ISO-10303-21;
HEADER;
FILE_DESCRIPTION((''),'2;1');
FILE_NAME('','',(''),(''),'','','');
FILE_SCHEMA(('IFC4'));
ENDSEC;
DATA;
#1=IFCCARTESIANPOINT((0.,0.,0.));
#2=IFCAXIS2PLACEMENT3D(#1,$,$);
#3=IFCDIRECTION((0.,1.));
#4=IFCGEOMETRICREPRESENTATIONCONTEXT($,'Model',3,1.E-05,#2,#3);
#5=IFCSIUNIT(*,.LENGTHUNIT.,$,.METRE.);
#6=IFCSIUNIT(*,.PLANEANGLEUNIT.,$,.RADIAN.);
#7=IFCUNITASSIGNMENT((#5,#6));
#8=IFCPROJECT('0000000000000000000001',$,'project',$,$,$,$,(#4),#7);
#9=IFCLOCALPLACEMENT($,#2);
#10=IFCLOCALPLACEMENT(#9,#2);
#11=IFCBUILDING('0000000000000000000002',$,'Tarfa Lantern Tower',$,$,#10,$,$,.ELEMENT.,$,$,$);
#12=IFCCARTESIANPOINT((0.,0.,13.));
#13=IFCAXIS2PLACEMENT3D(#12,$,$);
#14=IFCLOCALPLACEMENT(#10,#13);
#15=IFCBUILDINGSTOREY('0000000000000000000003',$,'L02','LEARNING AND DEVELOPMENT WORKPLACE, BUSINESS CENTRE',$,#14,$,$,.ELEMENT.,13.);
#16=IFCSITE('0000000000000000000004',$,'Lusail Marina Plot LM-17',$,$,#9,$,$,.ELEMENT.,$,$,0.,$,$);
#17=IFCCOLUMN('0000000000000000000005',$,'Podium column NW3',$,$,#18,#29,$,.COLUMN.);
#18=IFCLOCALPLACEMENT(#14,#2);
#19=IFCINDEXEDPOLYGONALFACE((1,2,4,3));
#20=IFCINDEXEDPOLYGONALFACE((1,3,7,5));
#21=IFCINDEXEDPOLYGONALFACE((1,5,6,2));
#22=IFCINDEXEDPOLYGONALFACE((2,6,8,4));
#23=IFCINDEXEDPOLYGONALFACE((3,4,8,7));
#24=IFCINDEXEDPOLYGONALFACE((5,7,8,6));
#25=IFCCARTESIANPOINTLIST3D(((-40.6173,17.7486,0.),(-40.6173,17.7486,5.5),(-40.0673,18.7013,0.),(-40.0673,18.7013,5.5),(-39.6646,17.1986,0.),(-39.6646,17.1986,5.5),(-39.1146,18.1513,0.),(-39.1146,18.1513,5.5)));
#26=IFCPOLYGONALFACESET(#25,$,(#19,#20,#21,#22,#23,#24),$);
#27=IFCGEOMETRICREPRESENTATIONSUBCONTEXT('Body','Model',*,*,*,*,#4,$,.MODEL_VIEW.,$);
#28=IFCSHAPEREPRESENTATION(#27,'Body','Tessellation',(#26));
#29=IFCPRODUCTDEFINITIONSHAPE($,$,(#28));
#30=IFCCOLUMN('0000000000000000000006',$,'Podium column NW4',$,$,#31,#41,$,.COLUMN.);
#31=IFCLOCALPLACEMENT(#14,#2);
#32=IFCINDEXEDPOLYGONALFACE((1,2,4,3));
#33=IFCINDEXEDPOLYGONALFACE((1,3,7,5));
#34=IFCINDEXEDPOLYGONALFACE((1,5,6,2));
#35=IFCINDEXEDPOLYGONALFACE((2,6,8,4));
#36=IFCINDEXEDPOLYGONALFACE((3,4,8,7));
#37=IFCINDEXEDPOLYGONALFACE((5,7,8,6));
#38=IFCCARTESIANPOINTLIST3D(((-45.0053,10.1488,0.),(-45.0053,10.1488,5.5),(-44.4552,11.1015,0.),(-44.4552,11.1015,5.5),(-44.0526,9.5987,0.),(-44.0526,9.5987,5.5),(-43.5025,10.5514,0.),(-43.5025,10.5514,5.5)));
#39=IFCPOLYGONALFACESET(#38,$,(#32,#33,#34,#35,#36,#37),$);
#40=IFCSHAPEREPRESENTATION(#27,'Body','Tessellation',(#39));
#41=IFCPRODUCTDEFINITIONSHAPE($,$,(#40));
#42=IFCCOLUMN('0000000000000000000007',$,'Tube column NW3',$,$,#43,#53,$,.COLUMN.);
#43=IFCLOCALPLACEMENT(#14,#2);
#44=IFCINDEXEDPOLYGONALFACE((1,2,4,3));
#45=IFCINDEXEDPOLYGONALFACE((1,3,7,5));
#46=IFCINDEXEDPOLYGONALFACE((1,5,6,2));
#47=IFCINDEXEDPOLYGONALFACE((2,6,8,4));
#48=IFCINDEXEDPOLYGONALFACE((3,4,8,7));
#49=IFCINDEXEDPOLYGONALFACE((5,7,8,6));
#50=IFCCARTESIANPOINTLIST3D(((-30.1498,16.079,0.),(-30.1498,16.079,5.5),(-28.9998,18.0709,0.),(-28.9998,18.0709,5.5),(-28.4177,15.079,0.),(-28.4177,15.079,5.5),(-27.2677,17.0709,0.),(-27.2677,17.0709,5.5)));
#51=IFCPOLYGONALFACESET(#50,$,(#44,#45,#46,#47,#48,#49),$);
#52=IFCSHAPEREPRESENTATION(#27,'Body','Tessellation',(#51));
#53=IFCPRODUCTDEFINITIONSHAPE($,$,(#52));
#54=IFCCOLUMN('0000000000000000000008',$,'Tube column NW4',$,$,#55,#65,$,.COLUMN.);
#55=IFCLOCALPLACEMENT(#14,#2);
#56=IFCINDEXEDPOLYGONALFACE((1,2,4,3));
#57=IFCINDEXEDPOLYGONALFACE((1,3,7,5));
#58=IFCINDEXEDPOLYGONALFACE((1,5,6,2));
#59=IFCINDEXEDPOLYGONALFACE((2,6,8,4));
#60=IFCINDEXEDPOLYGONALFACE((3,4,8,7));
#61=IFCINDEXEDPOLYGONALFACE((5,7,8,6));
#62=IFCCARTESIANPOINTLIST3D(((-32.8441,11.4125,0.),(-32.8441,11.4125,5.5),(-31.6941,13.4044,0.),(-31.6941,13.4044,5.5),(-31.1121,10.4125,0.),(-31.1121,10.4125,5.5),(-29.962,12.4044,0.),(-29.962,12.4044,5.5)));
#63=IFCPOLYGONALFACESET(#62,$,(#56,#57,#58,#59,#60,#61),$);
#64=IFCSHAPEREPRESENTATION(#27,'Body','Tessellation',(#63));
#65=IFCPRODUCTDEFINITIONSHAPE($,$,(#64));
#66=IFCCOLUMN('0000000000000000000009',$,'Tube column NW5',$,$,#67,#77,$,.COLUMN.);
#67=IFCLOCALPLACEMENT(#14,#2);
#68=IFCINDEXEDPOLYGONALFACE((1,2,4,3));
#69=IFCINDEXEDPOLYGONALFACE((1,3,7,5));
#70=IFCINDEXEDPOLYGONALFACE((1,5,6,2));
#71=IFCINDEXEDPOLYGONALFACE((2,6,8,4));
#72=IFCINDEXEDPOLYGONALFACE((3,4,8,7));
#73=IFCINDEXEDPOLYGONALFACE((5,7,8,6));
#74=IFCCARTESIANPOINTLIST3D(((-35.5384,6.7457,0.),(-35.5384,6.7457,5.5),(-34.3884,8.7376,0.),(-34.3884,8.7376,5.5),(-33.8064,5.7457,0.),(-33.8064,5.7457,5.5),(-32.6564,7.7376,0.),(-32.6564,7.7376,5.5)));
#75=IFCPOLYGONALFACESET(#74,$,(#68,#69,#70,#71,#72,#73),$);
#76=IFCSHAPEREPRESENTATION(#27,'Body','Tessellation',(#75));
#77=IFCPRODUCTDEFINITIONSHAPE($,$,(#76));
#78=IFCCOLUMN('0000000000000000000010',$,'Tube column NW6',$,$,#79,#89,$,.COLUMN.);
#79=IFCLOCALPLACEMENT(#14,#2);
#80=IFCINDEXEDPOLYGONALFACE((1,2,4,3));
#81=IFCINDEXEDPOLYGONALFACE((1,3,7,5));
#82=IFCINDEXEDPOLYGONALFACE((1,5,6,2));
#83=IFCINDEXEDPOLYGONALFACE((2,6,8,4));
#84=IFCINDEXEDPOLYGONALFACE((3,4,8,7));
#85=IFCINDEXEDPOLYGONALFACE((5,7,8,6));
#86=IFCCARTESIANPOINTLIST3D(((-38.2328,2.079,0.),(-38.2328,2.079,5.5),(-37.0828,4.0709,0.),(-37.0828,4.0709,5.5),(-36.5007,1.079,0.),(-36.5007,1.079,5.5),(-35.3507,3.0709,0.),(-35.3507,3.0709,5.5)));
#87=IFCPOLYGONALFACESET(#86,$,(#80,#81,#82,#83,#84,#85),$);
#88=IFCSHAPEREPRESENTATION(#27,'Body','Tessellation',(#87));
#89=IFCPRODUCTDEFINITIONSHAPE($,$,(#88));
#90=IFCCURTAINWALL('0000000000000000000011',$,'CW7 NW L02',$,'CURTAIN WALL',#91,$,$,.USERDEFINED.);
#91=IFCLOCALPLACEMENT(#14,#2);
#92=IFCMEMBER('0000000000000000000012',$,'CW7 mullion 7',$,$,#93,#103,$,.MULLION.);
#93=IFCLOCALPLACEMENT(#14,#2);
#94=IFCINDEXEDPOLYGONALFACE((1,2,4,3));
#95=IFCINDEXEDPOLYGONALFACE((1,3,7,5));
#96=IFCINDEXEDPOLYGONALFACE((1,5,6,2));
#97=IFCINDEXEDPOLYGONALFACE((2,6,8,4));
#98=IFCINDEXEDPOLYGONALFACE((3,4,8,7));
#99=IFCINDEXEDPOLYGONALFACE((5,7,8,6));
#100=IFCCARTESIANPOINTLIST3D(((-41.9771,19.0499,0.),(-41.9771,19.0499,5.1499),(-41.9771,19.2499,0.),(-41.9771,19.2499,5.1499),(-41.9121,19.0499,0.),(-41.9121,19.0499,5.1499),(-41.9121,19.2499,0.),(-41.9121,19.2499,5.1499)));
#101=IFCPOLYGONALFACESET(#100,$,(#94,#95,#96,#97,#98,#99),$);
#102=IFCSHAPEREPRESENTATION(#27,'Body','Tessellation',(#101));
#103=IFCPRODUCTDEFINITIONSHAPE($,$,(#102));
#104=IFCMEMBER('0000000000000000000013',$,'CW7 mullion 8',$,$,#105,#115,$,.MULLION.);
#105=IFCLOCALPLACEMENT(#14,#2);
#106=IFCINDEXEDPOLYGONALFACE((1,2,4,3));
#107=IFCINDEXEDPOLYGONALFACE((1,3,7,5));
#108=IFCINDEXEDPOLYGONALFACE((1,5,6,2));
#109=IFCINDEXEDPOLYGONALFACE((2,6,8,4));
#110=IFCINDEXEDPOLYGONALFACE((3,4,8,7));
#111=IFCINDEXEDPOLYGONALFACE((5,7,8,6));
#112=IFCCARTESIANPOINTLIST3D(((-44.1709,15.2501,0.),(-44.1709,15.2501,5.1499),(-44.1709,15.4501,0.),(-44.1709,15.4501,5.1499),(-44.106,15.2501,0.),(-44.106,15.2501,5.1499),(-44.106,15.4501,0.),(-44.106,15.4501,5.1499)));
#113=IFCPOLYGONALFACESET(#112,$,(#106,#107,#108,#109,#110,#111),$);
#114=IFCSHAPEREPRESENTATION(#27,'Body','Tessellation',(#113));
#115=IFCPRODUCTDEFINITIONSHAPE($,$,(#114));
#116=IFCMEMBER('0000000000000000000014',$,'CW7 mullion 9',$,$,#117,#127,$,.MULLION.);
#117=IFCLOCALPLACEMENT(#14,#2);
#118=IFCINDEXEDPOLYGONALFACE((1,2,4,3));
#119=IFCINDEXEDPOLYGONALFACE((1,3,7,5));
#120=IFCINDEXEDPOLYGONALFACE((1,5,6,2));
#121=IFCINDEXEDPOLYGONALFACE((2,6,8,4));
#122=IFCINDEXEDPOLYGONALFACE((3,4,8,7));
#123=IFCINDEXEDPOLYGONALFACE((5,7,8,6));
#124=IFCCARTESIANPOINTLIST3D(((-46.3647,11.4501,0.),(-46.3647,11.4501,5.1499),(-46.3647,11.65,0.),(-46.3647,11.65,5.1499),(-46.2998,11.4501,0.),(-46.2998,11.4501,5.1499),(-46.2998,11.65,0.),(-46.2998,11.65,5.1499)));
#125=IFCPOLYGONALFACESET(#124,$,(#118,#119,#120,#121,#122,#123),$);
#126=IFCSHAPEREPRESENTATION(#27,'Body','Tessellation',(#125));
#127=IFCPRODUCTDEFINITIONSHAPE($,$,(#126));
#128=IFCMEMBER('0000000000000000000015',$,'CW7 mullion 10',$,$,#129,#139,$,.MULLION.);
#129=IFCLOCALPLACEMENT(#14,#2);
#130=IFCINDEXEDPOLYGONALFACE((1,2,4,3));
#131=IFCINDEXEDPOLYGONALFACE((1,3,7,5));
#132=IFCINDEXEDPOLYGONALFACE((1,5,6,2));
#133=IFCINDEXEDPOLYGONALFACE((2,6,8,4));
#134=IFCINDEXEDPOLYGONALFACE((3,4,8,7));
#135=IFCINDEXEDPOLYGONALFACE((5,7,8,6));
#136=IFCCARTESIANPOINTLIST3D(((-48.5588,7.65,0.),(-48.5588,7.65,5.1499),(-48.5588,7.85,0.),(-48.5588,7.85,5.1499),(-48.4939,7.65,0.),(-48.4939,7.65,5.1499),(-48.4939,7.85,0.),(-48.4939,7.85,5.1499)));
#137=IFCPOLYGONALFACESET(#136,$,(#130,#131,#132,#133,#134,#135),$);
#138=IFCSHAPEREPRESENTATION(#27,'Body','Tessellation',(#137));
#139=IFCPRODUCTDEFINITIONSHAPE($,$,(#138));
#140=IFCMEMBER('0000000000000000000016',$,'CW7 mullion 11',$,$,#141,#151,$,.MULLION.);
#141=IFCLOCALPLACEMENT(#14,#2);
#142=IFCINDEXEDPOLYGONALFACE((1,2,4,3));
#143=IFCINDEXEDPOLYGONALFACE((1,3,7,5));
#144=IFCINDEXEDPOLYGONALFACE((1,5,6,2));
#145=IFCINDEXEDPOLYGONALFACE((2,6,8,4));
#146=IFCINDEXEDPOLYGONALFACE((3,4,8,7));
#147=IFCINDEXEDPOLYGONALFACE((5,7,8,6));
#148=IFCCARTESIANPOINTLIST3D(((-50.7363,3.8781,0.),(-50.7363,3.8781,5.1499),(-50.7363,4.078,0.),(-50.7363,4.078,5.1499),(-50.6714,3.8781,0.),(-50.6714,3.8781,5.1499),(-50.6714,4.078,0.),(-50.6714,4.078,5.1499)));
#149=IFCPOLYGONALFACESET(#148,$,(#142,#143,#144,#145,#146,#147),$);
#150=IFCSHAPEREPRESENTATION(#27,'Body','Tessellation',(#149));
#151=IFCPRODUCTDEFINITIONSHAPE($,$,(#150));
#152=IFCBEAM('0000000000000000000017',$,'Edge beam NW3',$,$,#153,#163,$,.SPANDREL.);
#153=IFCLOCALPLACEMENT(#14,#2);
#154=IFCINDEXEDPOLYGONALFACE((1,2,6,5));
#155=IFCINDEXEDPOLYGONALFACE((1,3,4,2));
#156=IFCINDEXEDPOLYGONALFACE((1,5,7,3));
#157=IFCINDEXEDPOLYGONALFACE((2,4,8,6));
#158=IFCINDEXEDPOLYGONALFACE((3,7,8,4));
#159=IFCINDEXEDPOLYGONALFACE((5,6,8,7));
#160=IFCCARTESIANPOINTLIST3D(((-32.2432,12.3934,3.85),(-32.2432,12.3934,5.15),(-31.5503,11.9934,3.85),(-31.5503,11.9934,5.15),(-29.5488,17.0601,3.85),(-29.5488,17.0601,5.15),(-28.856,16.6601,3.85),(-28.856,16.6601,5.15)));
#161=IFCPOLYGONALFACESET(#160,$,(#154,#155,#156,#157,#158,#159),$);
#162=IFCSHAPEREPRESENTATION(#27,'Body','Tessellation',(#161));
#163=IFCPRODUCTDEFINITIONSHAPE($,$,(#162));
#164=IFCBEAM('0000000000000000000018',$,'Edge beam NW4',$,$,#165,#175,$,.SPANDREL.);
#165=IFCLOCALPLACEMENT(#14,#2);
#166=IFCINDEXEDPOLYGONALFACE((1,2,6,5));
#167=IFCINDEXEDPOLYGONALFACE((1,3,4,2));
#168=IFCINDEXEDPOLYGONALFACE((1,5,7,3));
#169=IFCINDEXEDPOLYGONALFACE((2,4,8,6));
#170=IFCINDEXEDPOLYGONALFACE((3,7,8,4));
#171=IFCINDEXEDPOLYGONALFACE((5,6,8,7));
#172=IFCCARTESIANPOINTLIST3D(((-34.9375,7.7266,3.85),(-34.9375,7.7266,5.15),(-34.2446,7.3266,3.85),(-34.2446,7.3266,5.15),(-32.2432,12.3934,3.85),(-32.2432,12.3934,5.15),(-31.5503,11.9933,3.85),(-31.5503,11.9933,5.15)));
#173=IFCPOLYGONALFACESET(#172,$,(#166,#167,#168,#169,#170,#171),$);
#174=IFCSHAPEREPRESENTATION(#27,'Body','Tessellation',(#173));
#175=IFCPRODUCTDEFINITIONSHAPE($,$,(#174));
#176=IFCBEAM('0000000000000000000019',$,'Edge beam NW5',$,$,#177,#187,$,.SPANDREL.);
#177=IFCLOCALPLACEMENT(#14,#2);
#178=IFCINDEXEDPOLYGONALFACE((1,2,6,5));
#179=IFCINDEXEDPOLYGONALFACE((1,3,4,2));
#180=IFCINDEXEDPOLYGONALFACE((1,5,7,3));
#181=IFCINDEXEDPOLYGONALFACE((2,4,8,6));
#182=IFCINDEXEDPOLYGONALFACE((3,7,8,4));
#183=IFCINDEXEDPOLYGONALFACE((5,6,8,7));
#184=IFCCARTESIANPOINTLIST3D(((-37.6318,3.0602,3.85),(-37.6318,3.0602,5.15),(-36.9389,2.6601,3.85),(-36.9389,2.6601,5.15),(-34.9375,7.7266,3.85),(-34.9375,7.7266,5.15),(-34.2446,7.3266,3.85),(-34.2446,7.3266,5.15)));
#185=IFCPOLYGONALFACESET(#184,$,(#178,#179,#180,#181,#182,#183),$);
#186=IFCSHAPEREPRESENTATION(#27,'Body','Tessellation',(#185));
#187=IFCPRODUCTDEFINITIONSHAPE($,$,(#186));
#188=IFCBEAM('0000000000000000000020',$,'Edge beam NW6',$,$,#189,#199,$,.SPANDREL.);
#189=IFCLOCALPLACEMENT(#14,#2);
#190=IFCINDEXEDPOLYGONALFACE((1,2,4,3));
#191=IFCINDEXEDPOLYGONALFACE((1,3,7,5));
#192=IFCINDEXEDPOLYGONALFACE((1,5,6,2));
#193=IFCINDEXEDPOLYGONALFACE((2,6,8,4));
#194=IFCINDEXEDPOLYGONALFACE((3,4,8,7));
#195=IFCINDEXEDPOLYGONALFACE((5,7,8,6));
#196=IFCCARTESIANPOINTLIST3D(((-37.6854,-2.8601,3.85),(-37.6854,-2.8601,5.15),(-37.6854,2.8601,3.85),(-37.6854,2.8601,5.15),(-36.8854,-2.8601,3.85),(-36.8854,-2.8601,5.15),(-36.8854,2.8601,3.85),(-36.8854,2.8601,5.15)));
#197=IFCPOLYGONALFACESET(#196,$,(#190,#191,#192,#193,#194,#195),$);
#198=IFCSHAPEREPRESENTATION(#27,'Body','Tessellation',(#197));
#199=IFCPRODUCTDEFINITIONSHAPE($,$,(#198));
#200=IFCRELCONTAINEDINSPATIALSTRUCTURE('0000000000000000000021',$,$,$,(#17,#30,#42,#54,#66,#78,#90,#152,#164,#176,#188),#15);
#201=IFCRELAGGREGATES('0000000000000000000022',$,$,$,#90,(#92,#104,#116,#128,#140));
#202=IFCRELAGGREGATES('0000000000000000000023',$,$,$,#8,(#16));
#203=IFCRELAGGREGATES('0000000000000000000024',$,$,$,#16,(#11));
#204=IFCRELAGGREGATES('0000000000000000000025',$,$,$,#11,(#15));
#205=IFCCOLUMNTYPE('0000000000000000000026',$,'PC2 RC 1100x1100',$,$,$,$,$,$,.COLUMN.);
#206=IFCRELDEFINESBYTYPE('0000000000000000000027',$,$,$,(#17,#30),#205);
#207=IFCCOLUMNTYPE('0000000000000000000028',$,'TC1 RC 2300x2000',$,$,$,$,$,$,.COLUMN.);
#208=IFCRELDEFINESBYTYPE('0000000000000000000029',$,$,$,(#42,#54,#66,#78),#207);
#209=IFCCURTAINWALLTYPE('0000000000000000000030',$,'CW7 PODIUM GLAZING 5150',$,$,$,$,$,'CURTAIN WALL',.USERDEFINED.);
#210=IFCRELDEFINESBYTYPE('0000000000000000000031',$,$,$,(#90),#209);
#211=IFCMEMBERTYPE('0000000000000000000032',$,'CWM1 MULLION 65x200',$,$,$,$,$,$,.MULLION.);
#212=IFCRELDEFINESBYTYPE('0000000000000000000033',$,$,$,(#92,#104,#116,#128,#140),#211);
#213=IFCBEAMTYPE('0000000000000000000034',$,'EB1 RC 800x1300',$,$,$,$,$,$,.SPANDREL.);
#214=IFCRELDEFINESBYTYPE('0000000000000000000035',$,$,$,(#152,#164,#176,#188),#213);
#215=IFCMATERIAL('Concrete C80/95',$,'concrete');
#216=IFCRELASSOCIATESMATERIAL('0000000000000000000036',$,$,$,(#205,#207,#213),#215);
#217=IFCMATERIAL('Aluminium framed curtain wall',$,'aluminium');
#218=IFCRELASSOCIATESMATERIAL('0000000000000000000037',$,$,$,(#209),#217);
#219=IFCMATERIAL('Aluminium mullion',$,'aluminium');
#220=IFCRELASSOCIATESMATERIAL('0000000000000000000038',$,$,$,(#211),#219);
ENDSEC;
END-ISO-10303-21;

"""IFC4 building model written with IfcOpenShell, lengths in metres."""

from ifc_helpers import new_model, si_unit, direction, frame, origin, origin_2d, place, context, subcontext, project, spatial, rectangle, extrude, material, material_profile, profile_set, type_object, element, aggregate, save


model = new_model("IFC4")

# Units and contexts
model_context = context("Model", 3, precision=1e-05, world=origin(), true_north=direction((0.0, 1.0)))
body_context = subcontext(model_context, "Body", "Model", "MODEL_VIEW")
ifc_project = project(units=[si_unit("LENGTHUNIT", "METRE"), si_unit("PLANEANGLEUNIT", "RADIAN")], contexts=[model_context])

# Site, building, storey
site_placement = place(None, origin())
site = spatial("IfcSite", under=ifc_project, at=site_placement, Name="Lusail Marina Plot LM-17", CompositionType="ELEMENT", RefElevation=0.0)
building_placement = place(site_placement, origin())
building = spatial("IfcBuilding", under=site, at=building_placement, Name="Tarfa Lantern Tower", CompositionType="ELEMENT")
storey_placement = place(building_placement, frame((0.0, 0.0, 13.0)))
storey = spatial("IfcBuildingStorey", under=building, at=storey_placement, Name="L02", Description="LEARNING AND DEVELOPMENT WORKPLACE, BUSINESS CENTRE", CompositionType="ELEMENT", Elevation=13.0)

# Columns
ifc_material_1 = material(Name="Concrete C80/95", Category="concrete")
ifc_material_profile_1 = material_profile(ifc_material_1, rectangle(XDim=1.1001, YDim=1.1001, at=origin_2d()), Name="RC 1100x1100")
ifc_profile_set_1 = profile_set([ifc_material_profile_1], Name="Concrete C80/95")
column_type_1 = type_object("IfcColumnType", Name="PC2 RC 1100x1100", PredefinedType="COLUMN", material=ifc_profile_set_1)
for number, where, z_axis, x_axis, name in (
    (1, (-39.866, 17.95, 0.0), (0.0, 0.0, 1.0), (-0.5, -0.866025, 0.0), "Podium column NW3"),
    (2, (-44.2539, 10.3501, 0.0), (0.0, 0.0, 1.0), (-0.5, -0.866025, 0.0), "Podium column NW4"),
):
    element("IfcColumn", number, at=place(storey_placement, frame(where, z_axis=z_axis, x_axis=x_axis)), inside=storey, type_object=column_type_1, Name=name, PredefinedType="COLUMN", context=body_context, shape_type="SweptSolid", body=[
        extrude(rectangle(XDim=1.1001, YDim=1.1001, at=origin_2d()), origin(), (0.0, 0.0, 1.0), 5.5),
    ])
ifc_material_profile_2 = material_profile(ifc_material_1, rectangle(XDim=2.3, YDim=2.0, at=origin_2d()), Name="RC 2300x2000")
ifc_profile_set_2 = profile_set([ifc_material_profile_2], Name="Concrete C80/95")
column_type_2 = type_object("IfcColumnType", Name="TC1 RC 2300x2000", PredefinedType="COLUMN", material=ifc_profile_set_2)
for number, where, z_axis, x_axis, name in (
    (3, (-28.7087, 16.575, 0.0), (0.0, 0.0, 1.0), (-0.5, -0.866025, 0.0), "Tube column NW3"),
    (4, (-31.4031, 11.9084, 0.0), (0.0, 0.0, 1.0), (-0.5, -0.866025, 0.0), "Tube column NW4"),
    (5, (-34.0974, 7.2417, 0.0), (0.0, 0.0, 1.0), (-0.5, -0.866025, 0.0), "Tube column NW5"),
    (6, (-36.7917, 2.575, 0.0), (0.0, 0.0, 1.0), (-0.5, -0.866025, 0.0), "Tube column NW6"),
):
    element("IfcColumn", number, at=place(storey_placement, frame(where, z_axis=z_axis, x_axis=x_axis)), inside=storey, type_object=column_type_2, Name=name, PredefinedType="COLUMN", context=body_context, shape_type="SweptSolid", body=[
        extrude(rectangle(XDim=2.3, YDim=2.0, at=origin_2d()), origin(), (0.0, 0.0, 1.0), 5.5),
    ])

# Curtain wall, members
ifc_material_2 = material(Name="Aluminium framed curtain wall", Category="aluminium")
curtain_wall_type = type_object("IfcCurtainWallType", Name="CW7 PODIUM GLAZING 5150", ElementType="CURTAIN WALL", PredefinedType="USERDEFINED", material=ifc_material_2)
curtain_wall_placement = place(storey_placement, origin())
curtain_wall = element("IfcCurtainWall", 7, at=curtain_wall_placement, inside=storey, type_object=curtain_wall_type, Name="CW7 NW L02", ObjectType="CURTAIN WALL", PredefinedType="USERDEFINED")
ifc_material_3 = material(Name="Aluminium mullion", Category="aluminium")
ifc_material_profile_3 = material_profile(ifc_material_3, rectangle(XDim=0.0649, YDim=0.2, at=origin_2d()), Name="AL MULLION 65x200")
ifc_profile_set_3 = profile_set([ifc_material_profile_3], Name="Aluminium mullion")
member_type = type_object("IfcMemberType", Name="CWM1 MULLION 65x200", PredefinedType="MULLION", material=ifc_profile_set_3)
member_1_placement = place(storey_placement, frame((-41.9446, 19.1499, 0.0), z_axis=(0.0, 0.0, 1.0), x_axis=(1.0, 0.0, 0.0)))
member_1 = element("IfcMember", 8, at=member_1_placement, type_object=member_type, Name="CW7 mullion 7", PredefinedType="MULLION", context=body_context, shape_type="SweptSolid", body=[
    extrude(rectangle(XDim=0.0649, YDim=0.2, at=origin_2d()), origin(), (0.0, 0.0, 1.0), 5.1499),
])
member_2_placement = place(storey_placement, frame((-44.1384, 15.3501, 0.0), z_axis=(0.0, 0.0, 1.0), x_axis=(1.0, 0.0, 0.0)))
member_2 = element("IfcMember", 9, at=member_2_placement, type_object=member_type, Name="CW7 mullion 8", PredefinedType="MULLION", context=body_context, shape_type="SweptSolid", body=[
    extrude(rectangle(XDim=0.0649, YDim=0.2, at=origin_2d()), origin(), (0.0, 0.0, 1.0), 5.1499),
])
member_3_placement = place(storey_placement, frame((-46.3323, 11.55, 0.0), z_axis=(0.0, 0.0, 1.0), x_axis=(1.0, 0.0, 0.0)))
member_3 = element("IfcMember", 10, at=member_3_placement, type_object=member_type, Name="CW7 mullion 9", PredefinedType="MULLION", context=body_context, shape_type="SweptSolid", body=[
    extrude(rectangle(XDim=0.0649, YDim=0.2, at=origin_2d()), origin(), (0.0, 0.0, 1.0), 5.1499),
])
member_4_placement = place(storey_placement, frame((-48.5264, 7.75, 0.0), z_axis=(0.0, 0.0, 1.0), x_axis=(1.0, 0.0, 0.0)))
member_4 = element("IfcMember", 11, at=member_4_placement, type_object=member_type, Name="CW7 mullion 10", PredefinedType="MULLION", context=body_context, shape_type="SweptSolid", body=[
    extrude(rectangle(XDim=0.0649, YDim=0.2, at=origin_2d()), origin(), (0.0, 0.0, 1.0), 5.1499),
])
member_5_placement = place(storey_placement, frame((-50.7039, 3.978, 0.0), z_axis=(0.0, 0.0, 1.0), x_axis=(1.0, 0.0, 0.0)))
member_5 = element("IfcMember", 12, at=member_5_placement, type_object=member_type, Name="CW7 mullion 11", PredefinedType="MULLION", context=body_context, shape_type="SweptSolid", body=[
    extrude(rectangle(XDim=0.0649, YDim=0.2, at=origin_2d()), origin(), (0.0, 0.0, 1.0), 5.1499),
])

# Beams
ifc_material_profile_4 = material_profile(ifc_material_1, rectangle(XDim=0.8, YDim=1.3, at=origin_2d()), Name="RC 800x1300")
ifc_profile_set_4 = profile_set([ifc_material_profile_4], Name="Concrete C80/95")
beam_type_1 = type_object("IfcBeamType", Name="EB1 RC 800x1300", PredefinedType="SPANDREL", material=ifc_profile_set_4)
for number, where, z_axis, x_axis, name in (
    (13, (-29.2024, 16.8601, 4.5), (-0.499998, -0.866026, 0.0), (0.866026, -0.499998, 0.0), "Edge beam NW3"),
    (14, (-31.8967, 12.1934, 4.5), (-0.499998, -0.866026, 0.0), (0.866026, -0.499998, 0.0), "Edge beam NW4"),
):
    element("IfcBeam", number, at=place(storey_placement, frame(where, z_axis=z_axis, x_axis=x_axis)), inside=storey, type_object=beam_type_1, Name=name, PredefinedType="SPANDREL", context=body_context, shape_type="SweptSolid", body=[
        extrude(rectangle(XDim=0.8, YDim=1.3, at=origin_2d()), origin(), (0.0, 0.0, 1.0), 5.3887),
    ])
beam_1_placement = place(storey_placement, frame((-34.5911, 7.5266, 4.5), z_axis=(-0.500018, -0.866015, 0.0), x_axis=(0.866015, -0.500018, 0.0)))
element("IfcBeam", 15, at=beam_1_placement, inside=storey, type_object=beam_type_1, Name="Edge beam NW5", PredefinedType="SPANDREL", context=body_context, shape_type="SweptSolid", body=[
    extrude(rectangle(XDim=0.8, YDim=1.3, at=origin_2d()), origin(), (0.0, 0.0, 1.0), 5.3884),
])
beam_2_placement = place(storey_placement, frame((-37.2854, 2.8601, 4.5), z_axis=(0.0, -1.0, 0.0), x_axis=(1.0, 0.0, 0.0)))
element("IfcBeam", 16, at=beam_2_placement, inside=storey, type_object=beam_type_1, Name="Edge beam NW6", PredefinedType="SPANDREL", context=body_context, shape_type="SweptSolid", body=[
    extrude(rectangle(XDim=0.8, YDim=1.3, at=origin_2d()), origin(), (0.0, 0.0, 1.0), 5.7202),
])

aggregate(curtain_wall, [member_1, member_2, member_3, member_4, member_5])

save(model, "model.ifc")
